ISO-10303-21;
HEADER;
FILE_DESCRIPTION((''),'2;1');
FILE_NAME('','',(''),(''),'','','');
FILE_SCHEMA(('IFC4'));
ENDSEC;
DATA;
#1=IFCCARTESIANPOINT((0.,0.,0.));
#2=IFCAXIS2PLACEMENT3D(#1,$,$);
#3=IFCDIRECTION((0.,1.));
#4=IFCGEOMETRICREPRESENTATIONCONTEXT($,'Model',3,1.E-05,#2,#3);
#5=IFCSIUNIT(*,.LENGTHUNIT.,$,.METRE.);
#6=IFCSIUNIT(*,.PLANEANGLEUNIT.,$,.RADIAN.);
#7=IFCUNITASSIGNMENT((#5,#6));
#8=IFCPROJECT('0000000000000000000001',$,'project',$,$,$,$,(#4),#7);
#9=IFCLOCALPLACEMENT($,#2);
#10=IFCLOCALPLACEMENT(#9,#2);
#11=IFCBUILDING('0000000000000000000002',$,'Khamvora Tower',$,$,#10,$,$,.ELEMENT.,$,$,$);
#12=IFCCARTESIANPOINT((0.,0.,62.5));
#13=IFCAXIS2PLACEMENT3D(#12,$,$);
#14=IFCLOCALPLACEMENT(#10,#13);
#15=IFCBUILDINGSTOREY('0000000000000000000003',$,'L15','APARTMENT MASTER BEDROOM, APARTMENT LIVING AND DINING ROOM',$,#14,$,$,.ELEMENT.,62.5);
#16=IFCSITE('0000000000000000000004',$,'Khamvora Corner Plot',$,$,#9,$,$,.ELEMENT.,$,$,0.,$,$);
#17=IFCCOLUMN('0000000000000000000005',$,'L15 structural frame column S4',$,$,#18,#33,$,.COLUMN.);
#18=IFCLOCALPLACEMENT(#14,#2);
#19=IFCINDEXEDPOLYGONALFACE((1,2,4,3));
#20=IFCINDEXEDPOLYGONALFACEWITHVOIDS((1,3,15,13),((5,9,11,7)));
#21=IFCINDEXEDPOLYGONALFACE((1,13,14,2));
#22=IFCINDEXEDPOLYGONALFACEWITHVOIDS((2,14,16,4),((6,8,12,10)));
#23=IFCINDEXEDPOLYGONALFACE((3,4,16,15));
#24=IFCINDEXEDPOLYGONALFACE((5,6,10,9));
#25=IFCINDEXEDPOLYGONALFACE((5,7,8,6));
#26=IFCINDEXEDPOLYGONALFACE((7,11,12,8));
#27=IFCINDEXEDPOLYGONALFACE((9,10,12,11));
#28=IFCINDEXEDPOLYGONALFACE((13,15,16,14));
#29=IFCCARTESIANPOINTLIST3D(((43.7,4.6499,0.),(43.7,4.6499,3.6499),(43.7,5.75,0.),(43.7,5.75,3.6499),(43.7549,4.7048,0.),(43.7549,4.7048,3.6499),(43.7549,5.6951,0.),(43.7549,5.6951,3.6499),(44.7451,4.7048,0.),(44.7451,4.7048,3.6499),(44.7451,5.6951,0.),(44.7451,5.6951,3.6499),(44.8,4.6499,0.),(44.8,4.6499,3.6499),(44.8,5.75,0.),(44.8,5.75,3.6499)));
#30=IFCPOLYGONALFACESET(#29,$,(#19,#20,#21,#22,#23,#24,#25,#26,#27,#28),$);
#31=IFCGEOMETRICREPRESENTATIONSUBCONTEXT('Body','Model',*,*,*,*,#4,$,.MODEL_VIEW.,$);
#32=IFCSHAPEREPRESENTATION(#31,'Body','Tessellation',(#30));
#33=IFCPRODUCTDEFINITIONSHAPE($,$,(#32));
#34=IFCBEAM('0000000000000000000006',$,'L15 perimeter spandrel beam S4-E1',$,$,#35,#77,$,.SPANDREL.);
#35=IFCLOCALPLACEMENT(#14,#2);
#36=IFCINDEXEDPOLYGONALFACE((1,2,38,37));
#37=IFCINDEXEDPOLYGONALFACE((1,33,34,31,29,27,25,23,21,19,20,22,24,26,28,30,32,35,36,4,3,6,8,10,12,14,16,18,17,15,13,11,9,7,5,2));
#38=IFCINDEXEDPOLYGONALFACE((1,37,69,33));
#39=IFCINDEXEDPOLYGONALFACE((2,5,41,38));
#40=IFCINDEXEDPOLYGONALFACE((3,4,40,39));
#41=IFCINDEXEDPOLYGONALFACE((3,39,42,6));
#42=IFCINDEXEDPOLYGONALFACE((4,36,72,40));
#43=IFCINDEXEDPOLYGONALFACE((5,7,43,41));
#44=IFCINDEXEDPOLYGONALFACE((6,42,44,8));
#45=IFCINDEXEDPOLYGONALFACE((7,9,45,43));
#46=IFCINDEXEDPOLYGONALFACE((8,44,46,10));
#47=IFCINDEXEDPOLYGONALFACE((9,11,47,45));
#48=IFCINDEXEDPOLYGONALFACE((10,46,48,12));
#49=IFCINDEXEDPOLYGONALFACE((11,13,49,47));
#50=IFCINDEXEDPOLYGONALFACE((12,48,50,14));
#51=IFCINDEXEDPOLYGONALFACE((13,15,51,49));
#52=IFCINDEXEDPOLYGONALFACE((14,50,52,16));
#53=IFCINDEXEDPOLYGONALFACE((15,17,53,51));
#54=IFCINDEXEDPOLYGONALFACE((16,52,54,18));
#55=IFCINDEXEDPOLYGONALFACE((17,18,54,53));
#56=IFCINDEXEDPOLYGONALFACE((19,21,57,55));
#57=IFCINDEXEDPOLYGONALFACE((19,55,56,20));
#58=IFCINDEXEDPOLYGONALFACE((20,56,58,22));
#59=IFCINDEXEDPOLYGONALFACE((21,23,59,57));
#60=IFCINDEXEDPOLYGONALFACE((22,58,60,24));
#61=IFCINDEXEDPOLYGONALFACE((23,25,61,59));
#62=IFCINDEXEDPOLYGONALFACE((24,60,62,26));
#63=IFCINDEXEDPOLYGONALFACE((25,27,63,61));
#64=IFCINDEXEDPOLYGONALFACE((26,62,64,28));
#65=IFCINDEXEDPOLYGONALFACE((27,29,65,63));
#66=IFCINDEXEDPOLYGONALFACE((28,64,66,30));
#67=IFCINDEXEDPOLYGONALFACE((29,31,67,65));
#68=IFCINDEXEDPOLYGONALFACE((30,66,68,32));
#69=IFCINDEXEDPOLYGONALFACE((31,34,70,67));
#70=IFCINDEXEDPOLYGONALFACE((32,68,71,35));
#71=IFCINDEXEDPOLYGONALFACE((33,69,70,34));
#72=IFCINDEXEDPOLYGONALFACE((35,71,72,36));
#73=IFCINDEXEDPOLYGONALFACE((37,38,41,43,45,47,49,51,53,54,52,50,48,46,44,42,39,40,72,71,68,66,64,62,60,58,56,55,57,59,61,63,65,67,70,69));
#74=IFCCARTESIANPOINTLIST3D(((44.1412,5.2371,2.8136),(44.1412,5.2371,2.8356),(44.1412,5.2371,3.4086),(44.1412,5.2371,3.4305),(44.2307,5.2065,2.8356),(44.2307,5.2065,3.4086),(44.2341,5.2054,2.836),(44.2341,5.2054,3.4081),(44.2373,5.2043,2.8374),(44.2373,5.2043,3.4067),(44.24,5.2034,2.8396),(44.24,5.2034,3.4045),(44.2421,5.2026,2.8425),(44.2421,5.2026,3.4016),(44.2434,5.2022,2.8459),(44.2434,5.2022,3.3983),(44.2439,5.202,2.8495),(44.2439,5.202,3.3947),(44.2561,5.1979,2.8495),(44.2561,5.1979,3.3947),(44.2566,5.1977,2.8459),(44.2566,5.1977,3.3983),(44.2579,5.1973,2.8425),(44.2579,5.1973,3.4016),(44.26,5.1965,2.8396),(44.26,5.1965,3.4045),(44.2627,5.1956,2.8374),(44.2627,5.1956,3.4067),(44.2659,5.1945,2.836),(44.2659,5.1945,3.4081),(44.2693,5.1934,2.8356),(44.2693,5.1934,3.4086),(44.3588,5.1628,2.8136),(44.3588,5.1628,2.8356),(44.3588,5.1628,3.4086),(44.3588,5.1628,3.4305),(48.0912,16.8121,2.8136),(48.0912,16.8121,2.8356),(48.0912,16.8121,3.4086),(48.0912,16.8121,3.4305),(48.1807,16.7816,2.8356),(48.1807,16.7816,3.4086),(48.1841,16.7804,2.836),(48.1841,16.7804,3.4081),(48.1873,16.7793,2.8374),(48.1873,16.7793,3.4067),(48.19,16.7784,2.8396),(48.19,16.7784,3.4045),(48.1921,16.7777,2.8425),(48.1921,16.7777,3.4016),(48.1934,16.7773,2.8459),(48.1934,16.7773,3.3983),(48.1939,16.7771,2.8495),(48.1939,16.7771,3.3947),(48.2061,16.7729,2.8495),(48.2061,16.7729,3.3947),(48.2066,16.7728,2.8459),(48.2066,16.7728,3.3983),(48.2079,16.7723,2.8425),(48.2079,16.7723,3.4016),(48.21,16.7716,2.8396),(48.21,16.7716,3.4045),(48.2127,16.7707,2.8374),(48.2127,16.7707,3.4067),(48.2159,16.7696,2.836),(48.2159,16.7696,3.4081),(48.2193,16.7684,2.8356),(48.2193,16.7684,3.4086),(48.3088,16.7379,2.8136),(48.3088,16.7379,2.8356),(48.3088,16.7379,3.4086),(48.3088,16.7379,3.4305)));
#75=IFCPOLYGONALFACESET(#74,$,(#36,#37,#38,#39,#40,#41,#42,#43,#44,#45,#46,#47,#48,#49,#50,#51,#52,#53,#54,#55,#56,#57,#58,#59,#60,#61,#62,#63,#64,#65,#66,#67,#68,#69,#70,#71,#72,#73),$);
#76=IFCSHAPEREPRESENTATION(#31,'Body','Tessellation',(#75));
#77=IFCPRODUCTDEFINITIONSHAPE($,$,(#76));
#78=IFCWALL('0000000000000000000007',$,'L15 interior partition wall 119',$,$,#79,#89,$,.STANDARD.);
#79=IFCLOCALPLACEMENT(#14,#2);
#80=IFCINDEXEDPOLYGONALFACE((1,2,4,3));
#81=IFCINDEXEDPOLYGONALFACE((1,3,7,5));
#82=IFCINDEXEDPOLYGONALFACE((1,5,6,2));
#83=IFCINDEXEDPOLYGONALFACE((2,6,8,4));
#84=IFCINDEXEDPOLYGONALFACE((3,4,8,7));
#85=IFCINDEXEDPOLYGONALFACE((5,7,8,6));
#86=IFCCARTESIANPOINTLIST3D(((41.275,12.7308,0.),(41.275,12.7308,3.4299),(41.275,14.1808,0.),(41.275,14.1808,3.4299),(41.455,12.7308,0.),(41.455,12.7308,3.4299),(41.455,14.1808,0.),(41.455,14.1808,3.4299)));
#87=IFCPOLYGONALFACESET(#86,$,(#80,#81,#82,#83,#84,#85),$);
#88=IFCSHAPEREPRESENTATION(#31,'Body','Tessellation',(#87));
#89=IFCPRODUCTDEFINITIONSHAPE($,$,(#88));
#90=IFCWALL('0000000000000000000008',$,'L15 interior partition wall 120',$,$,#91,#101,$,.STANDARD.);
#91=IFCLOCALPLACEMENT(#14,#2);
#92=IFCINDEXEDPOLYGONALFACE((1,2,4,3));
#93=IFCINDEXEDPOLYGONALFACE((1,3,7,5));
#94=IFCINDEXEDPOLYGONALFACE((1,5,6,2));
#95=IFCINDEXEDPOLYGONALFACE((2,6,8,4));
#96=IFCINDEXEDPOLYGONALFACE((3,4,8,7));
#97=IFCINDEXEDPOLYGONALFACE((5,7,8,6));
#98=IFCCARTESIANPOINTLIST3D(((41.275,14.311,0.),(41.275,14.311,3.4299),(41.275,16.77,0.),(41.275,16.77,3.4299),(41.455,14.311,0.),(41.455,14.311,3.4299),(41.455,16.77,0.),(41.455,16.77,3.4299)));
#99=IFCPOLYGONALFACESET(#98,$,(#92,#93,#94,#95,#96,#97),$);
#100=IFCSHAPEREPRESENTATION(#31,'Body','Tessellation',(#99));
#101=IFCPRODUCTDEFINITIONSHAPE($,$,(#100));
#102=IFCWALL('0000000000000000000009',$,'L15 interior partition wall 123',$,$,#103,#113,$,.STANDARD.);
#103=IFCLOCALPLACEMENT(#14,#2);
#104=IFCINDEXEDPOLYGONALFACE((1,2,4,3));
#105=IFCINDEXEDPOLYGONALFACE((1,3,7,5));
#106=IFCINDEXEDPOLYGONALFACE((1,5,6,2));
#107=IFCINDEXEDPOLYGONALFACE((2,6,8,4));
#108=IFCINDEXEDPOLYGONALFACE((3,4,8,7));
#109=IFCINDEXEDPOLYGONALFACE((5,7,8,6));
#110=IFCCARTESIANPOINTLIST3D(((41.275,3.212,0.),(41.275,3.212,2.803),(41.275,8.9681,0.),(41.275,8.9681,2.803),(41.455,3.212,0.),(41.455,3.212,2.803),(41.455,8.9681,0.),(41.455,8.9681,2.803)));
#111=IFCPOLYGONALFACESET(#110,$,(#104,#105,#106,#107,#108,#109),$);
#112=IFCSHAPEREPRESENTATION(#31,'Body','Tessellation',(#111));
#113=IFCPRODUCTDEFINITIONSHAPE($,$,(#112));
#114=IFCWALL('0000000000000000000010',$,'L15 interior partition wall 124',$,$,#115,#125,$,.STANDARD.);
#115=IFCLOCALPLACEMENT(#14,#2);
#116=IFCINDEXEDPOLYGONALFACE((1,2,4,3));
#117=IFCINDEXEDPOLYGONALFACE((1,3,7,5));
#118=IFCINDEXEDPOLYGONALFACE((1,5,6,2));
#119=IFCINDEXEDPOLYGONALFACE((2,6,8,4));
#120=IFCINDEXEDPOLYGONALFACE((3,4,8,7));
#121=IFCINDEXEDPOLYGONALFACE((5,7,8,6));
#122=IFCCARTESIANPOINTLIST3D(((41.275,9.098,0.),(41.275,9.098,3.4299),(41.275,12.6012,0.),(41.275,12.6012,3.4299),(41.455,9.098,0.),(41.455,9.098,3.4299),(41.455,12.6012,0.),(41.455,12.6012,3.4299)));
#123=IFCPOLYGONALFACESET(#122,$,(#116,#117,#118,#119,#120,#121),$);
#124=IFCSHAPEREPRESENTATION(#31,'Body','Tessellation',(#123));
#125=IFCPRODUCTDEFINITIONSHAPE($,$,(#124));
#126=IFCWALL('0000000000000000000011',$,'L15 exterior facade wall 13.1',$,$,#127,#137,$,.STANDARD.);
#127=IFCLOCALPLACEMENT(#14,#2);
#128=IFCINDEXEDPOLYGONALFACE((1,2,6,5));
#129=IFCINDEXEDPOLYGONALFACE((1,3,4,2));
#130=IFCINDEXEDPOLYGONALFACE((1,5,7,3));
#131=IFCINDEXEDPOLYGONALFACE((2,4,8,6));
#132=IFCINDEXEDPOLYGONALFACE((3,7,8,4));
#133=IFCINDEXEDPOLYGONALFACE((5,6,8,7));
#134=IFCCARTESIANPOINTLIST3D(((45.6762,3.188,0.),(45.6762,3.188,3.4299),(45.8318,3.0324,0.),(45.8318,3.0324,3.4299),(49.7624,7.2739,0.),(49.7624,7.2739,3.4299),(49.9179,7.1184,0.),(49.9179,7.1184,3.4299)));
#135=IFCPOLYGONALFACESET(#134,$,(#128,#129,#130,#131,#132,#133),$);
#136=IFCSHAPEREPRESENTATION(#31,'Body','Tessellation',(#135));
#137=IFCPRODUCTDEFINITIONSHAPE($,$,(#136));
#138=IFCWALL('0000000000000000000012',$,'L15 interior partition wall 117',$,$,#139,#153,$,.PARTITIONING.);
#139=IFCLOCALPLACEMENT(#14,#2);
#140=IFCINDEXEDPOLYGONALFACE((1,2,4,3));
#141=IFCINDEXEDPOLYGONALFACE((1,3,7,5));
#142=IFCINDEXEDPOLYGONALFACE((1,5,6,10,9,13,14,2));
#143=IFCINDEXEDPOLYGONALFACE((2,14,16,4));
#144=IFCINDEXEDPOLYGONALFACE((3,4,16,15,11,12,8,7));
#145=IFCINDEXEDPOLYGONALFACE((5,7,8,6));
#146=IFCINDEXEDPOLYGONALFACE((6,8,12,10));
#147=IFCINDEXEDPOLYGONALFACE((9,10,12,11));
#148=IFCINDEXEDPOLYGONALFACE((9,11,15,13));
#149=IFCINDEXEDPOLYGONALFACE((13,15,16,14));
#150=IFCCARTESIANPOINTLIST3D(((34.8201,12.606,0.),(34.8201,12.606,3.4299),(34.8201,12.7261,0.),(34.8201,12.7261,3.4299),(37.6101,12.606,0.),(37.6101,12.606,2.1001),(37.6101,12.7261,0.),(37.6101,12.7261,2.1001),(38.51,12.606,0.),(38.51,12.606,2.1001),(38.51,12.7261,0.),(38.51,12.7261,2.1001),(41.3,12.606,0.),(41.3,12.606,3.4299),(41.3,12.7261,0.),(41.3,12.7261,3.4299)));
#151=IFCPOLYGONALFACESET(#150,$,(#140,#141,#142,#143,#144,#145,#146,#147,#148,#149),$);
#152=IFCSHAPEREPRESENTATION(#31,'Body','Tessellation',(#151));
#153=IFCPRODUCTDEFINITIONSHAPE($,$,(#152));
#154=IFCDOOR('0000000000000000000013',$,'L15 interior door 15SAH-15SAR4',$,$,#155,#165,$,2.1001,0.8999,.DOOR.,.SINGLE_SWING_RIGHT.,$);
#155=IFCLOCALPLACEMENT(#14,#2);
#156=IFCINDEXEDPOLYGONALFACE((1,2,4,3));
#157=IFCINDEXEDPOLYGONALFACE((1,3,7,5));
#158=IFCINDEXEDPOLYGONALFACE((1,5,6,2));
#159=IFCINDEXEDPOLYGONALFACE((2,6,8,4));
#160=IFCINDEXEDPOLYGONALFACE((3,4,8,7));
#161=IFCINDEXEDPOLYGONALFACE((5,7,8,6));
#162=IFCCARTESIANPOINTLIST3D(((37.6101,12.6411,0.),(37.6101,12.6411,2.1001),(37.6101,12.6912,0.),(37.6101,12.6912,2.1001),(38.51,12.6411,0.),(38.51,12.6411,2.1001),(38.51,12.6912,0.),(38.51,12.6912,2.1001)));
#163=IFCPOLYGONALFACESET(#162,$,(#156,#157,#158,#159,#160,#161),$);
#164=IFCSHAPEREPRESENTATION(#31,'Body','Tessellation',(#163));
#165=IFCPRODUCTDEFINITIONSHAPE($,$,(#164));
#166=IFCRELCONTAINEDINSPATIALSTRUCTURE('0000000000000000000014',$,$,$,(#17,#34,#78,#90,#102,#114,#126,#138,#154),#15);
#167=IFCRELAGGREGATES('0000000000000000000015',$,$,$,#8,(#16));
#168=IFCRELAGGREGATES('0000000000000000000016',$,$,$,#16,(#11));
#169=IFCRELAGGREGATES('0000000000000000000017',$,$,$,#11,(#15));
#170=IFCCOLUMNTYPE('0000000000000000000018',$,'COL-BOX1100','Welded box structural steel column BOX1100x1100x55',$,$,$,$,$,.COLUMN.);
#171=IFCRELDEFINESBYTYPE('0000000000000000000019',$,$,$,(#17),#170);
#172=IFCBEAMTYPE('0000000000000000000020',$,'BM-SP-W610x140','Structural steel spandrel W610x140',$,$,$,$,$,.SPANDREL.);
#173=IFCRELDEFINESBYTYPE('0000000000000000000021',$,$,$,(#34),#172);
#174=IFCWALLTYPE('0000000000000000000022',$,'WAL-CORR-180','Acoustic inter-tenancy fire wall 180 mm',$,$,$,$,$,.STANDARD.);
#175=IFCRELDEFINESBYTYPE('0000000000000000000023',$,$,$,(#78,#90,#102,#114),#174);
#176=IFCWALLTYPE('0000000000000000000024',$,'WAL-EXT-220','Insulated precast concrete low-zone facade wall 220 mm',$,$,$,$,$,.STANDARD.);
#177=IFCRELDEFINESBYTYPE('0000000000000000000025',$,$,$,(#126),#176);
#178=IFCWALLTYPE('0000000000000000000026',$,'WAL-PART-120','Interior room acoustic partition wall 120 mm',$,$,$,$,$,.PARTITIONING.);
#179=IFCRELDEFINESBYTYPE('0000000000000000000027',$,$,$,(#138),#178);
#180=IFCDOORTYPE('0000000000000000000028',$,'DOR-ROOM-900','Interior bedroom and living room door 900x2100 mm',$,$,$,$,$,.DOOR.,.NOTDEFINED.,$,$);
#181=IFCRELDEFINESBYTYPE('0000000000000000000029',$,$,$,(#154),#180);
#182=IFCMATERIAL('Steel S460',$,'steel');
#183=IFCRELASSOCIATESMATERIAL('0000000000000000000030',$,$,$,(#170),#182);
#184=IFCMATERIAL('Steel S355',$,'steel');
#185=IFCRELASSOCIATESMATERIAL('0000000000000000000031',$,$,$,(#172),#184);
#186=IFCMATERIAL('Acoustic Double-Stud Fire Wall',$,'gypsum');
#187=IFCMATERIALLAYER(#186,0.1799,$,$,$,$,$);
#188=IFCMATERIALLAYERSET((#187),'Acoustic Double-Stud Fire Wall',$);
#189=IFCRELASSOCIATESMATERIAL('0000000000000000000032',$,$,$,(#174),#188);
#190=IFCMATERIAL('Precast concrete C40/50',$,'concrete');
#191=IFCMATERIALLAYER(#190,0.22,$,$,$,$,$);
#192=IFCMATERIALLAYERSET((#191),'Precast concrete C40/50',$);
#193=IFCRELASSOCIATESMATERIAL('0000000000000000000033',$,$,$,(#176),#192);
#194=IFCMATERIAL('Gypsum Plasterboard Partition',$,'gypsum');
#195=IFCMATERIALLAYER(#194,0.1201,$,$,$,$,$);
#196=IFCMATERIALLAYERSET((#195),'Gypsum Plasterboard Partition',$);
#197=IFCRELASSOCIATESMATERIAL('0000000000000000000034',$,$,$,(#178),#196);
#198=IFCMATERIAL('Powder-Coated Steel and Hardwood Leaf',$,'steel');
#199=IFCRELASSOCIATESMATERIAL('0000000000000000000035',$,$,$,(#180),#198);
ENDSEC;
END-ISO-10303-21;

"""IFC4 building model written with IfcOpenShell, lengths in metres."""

from ifc_helpers import new_model, si_unit, direction, frame, frame_2d, origin, origin_2d, place, context, subcontext, project, spatial, rectangle, hollow_rectangle, i_section, extrude, material, layer, layer_set, material_profile, profile_set, type_object, element, fill, save


model = new_model("IFC4")

# Units and contexts
model_context = context("Model", 3, precision=1e-05, world=origin(), true_north=direction((0.0, 1.0)))
body_context = subcontext(model_context, "Body", "Model", "MODEL_VIEW")
ifc_project = project(units=[si_unit("LENGTHUNIT", "METRE"), si_unit("PLANEANGLEUNIT", "RADIAN")], contexts=[model_context])

# Site, building, storey
site_placement = place(None, origin())
site = spatial("IfcSite", under=ifc_project, at=site_placement, Name="Khamvora Corner Plot", CompositionType="ELEMENT", RefElevation=0.0)
building_placement = place(site_placement, origin())
building = spatial("IfcBuilding", under=site, at=building_placement, Name="Khamvora Tower", CompositionType="ELEMENT")
storey_placement = place(building_placement, frame((0.0, 0.0, 62.5)))
storey = spatial("IfcBuildingStorey", under=building, at=storey_placement, Name="L15", Description="APARTMENT MASTER BEDROOM, APARTMENT LIVING AND DINING ROOM", CompositionType="ELEMENT", Elevation=62.5)

# Column
ifc_material_1 = material(Name="Steel S460", Category="steel")
ifc_material_profile_1 = material_profile(ifc_material_1, hollow_rectangle(XDim=1.1001, YDim=1.1001, WallThickness=0.0549, at=origin_2d()), Name="BOX1100x1100x55")
ifc_profile_set_1 = profile_set([ifc_material_profile_1], Name="Steel S460")
column_type = type_object("IfcColumnType", Name="COL-BOX1100", Description="Welded box structural steel column BOX1100x1100x55", PredefinedType="COLUMN", material=ifc_profile_set_1)
column_placement = place(storey_placement, frame((44.25, 5.2, 0.0), z_axis=(0.0, 0.0, 1.0), x_axis=(1.0, 0.0, 0.0)))
element("IfcColumn", 1, at=column_placement, inside=storey, type_object=column_type, Name="L15 structural frame column S4", PredefinedType="COLUMN", context=body_context, shape_type="SweptSolid", body=[
    extrude(hollow_rectangle(XDim=1.1001, YDim=1.1001, WallThickness=0.0549, at=origin_2d()), origin(), (0.0, 0.0, 1.0), 3.6499),
])

# Beam
ifc_material_2 = material(Name="Steel S355", Category="steel")
ifc_material_profile_2 = material_profile(ifc_material_2, i_section(OverallWidth=0.23, OverallDepth=0.6169, WebThickness=0.0129, FlangeThickness=0.022, FilletRadius=0.0139, at=origin_2d()), Name="W610x140")
ifc_profile_set_2 = profile_set([ifc_material_profile_2], Name="Steel S355")
beam_type = type_object("IfcBeamType", Name="BM-SP-W610x140", Description="Structural steel spandrel W610x140", PredefinedType="SPANDREL", material=ifc_profile_set_2)
beam_placement = place(storey_placement, frame((44.25, 5.2, 3.1221), z_axis=(0.322963, 0.946412, 0.0), x_axis=(-0.946412, 0.322963, 0.0)))
element("IfcBeam", 2, at=beam_placement, inside=storey, type_object=beam_type, Name="L15 perimeter spandrel beam S4-E1", PredefinedType="SPANDREL", context=body_context, shape_type="SweptSolid", body=[
    extrude(i_section(OverallWidth=0.23, OverallDepth=0.6169, WebThickness=0.0129, FlangeThickness=0.022, FilletRadius=0.0139, at=origin_2d()), origin(), (0.0, 0.0, 1.0), 12.2305),
])

# Walls
ifc_material_3 = material(Name="Acoustic Double-Stud Fire Wall", Category="gypsum")
ifc_layer_1 = layer(ifc_material_3, 0.1799)
ifc_layer_set_1 = layer_set([ifc_layer_1], Name="Acoustic Double-Stud Fire Wall")
wall_type_1 = type_object("IfcWallType", Name="WAL-CORR-180", Description="Acoustic inter-tenancy fire wall 180 mm", PredefinedType="STANDARD", material=ifc_layer_set_1)
wall_1_placement = place(storey_placement, frame((41.365, 14.1809, 0.0), z_axis=(0.0, 0.0, 1.0), x_axis=(0.0, -1.0, 0.0)))
element("IfcWall", 3, at=wall_1_placement, inside=storey, type_object=wall_type_1, Name="L15 interior partition wall 119", PredefinedType="STANDARD", context=body_context, shape_type="SweptSolid", body=[
    extrude(rectangle(XDim=1.45, YDim=0.1799, at=frame_2d((0.7251, 0.0))), origin(), (0.0, 0.0, 1.0), 3.4299),
])
wall_2_placement = place(storey_placement, frame((41.365, 16.77, 0.0), z_axis=(0.0, 0.0, 1.0), x_axis=(0.0, -1.0, 0.0)))
element("IfcWall", 4, at=wall_2_placement, inside=storey, type_object=wall_type_1, Name="L15 interior partition wall 120", PredefinedType="STANDARD", context=body_context, shape_type="SweptSolid", body=[
    extrude(rectangle(XDim=2.459, YDim=0.1799, at=frame_2d((1.2295, 0.0))), origin(), (0.0, 0.0, 1.0), 3.4299),
])
wall_3_placement = place(storey_placement, frame((41.365, 8.968, 0.0), z_axis=(0.0, 0.0, 1.0), x_axis=(0.0, -1.0, 0.0)))
element("IfcWall", 5, at=wall_3_placement, inside=storey, type_object=wall_type_1, Name="L15 interior partition wall 123", PredefinedType="STANDARD", context=body_context, shape_type="SweptSolid", body=[
    extrude(rectangle(XDim=5.7561, YDim=0.1799, at=frame_2d((2.8779, 0.0))), origin(), (0.0, 0.0, 1.0), 2.803),
])
wall_4_placement = place(storey_placement, frame((41.365, 12.6011, 0.0), z_axis=(0.0, 0.0, 1.0), x_axis=(0.0, -1.0, 0.0)))
element("IfcWall", 6, at=wall_4_placement, inside=storey, type_object=wall_type_1, Name="L15 interior partition wall 124", PredefinedType="STANDARD", context=body_context, shape_type="SweptSolid", body=[
    extrude(rectangle(XDim=3.5032, YDim=0.1799, at=frame_2d((1.7515, 0.0))), origin(), (0.0, 0.0, 1.0), 3.4299),
])
ifc_material_4 = material(Name="Precast concrete C40/50", Category="concrete")
ifc_layer_2 = layer(ifc_material_4, 0.22)
ifc_layer_set_2 = layer_set([ifc_layer_2], Name="Precast concrete C40/50")
wall_type_2 = type_object("IfcWallType", Name="WAL-EXT-220", Description="Insulated precast concrete low-zone facade wall 220 mm", PredefinedType="STANDARD", material=ifc_layer_set_2)
wall_5_placement = place(storey_placement, frame((49.8401, 7.196, 0.0), z_axis=(0.0, 0.0, 1.0), x_axis=(-0.707128, -0.707086, 0.0)))
element("IfcWall", 7, at=wall_5_placement, inside=storey, type_object=wall_type_2, Name="L15 exterior facade wall 13.1", PredefinedType="STANDARD", context=body_context, shape_type="SweptSolid", body=[
    extrude(rectangle(XDim=5.7786, YDim=0.22, at=frame_2d((2.8892, 0.0))), origin(), (0.0, 0.0, 1.0), 3.4299),
])

# Wall, opening, door
ifc_material_5 = material(Name="Gypsum Plasterboard Partition", Category="gypsum")
ifc_layer_3 = layer(ifc_material_5, 0.1201)
ifc_layer_set_3 = layer_set([ifc_layer_3], Name="Gypsum Plasterboard Partition")
wall_type_3 = type_object("IfcWallType", Name="WAL-PART-120", Description="Interior room acoustic partition wall 120 mm", PredefinedType="PARTITIONING", material=ifc_layer_set_3)
wall_6_placement = place(storey_placement, frame((41.3, 12.666, 0.0), z_axis=(0.0, 0.0, 1.0), x_axis=(-1.0, 0.0, 0.0)))
wall_6 = element("IfcWall", 8, at=wall_6_placement, inside=storey, type_object=wall_type_3, Name="L15 interior partition wall 117", PredefinedType="PARTITIONING", context=body_context, shape_type="SweptSolid", body=[
    extrude(rectangle(XDim=6.48, YDim=0.1201, at=frame_2d((3.24, 0.0))), origin(), (0.0, 0.0, 1.0), 3.4299),
])
opening_1_placement = place(wall_6_placement, frame((2.79, 0.0, 0.0)))
opening_1 = element("IfcOpeningElement", 9, at=opening_1_placement, cuts=wall_6, PredefinedType="OPENING", context=body_context, shape_type="SweptSolid", body=[
    extrude(rectangle(XDim=0.8999, YDim=2.1001, at=frame_2d((0.45, 1.05))), frame((0.0, 0.0701, 0.0), z_axis=(0.0, -1.0, 0.0), x_axis=(1.0, 0.0, 0.0)), (0.0, 0.0, 1.0), 0.1401),
])
ifc_material_6 = material(Name="Powder-Coated Steel and Hardwood Leaf", Category="steel")
door_type = type_object("IfcDoorType", Name="DOR-ROOM-900", Description="Interior bedroom and living room door 900x2100 mm", OperationType="NOTDEFINED", PredefinedType="DOOR", material=ifc_material_6)
door_1_placement = place(opening_1_placement, origin())
door_1 = element("IfcDoor", 10, at=door_1_placement, inside=storey, type_object=door_type, Name="L15 interior door 15SAH-15SAR4", OperationType="SINGLE_SWING_RIGHT", OverallHeight=2.1001, OverallWidth=0.8999, PredefinedType="DOOR", context=body_context, shape_type="SweptSolid", body=[
    extrude(rectangle(XDim=0.8999, YDim=2.1001, at=frame_2d((0.45, 1.05))), frame((0.0, 0.0249, 0.0), z_axis=(0.0, -1.0, 0.0), x_axis=(1.0, 0.0, 0.0)), (0.0, 0.0, 1.0), 0.05),
])
fill(opening_1, door_1)

save(model, "model.ifc")
